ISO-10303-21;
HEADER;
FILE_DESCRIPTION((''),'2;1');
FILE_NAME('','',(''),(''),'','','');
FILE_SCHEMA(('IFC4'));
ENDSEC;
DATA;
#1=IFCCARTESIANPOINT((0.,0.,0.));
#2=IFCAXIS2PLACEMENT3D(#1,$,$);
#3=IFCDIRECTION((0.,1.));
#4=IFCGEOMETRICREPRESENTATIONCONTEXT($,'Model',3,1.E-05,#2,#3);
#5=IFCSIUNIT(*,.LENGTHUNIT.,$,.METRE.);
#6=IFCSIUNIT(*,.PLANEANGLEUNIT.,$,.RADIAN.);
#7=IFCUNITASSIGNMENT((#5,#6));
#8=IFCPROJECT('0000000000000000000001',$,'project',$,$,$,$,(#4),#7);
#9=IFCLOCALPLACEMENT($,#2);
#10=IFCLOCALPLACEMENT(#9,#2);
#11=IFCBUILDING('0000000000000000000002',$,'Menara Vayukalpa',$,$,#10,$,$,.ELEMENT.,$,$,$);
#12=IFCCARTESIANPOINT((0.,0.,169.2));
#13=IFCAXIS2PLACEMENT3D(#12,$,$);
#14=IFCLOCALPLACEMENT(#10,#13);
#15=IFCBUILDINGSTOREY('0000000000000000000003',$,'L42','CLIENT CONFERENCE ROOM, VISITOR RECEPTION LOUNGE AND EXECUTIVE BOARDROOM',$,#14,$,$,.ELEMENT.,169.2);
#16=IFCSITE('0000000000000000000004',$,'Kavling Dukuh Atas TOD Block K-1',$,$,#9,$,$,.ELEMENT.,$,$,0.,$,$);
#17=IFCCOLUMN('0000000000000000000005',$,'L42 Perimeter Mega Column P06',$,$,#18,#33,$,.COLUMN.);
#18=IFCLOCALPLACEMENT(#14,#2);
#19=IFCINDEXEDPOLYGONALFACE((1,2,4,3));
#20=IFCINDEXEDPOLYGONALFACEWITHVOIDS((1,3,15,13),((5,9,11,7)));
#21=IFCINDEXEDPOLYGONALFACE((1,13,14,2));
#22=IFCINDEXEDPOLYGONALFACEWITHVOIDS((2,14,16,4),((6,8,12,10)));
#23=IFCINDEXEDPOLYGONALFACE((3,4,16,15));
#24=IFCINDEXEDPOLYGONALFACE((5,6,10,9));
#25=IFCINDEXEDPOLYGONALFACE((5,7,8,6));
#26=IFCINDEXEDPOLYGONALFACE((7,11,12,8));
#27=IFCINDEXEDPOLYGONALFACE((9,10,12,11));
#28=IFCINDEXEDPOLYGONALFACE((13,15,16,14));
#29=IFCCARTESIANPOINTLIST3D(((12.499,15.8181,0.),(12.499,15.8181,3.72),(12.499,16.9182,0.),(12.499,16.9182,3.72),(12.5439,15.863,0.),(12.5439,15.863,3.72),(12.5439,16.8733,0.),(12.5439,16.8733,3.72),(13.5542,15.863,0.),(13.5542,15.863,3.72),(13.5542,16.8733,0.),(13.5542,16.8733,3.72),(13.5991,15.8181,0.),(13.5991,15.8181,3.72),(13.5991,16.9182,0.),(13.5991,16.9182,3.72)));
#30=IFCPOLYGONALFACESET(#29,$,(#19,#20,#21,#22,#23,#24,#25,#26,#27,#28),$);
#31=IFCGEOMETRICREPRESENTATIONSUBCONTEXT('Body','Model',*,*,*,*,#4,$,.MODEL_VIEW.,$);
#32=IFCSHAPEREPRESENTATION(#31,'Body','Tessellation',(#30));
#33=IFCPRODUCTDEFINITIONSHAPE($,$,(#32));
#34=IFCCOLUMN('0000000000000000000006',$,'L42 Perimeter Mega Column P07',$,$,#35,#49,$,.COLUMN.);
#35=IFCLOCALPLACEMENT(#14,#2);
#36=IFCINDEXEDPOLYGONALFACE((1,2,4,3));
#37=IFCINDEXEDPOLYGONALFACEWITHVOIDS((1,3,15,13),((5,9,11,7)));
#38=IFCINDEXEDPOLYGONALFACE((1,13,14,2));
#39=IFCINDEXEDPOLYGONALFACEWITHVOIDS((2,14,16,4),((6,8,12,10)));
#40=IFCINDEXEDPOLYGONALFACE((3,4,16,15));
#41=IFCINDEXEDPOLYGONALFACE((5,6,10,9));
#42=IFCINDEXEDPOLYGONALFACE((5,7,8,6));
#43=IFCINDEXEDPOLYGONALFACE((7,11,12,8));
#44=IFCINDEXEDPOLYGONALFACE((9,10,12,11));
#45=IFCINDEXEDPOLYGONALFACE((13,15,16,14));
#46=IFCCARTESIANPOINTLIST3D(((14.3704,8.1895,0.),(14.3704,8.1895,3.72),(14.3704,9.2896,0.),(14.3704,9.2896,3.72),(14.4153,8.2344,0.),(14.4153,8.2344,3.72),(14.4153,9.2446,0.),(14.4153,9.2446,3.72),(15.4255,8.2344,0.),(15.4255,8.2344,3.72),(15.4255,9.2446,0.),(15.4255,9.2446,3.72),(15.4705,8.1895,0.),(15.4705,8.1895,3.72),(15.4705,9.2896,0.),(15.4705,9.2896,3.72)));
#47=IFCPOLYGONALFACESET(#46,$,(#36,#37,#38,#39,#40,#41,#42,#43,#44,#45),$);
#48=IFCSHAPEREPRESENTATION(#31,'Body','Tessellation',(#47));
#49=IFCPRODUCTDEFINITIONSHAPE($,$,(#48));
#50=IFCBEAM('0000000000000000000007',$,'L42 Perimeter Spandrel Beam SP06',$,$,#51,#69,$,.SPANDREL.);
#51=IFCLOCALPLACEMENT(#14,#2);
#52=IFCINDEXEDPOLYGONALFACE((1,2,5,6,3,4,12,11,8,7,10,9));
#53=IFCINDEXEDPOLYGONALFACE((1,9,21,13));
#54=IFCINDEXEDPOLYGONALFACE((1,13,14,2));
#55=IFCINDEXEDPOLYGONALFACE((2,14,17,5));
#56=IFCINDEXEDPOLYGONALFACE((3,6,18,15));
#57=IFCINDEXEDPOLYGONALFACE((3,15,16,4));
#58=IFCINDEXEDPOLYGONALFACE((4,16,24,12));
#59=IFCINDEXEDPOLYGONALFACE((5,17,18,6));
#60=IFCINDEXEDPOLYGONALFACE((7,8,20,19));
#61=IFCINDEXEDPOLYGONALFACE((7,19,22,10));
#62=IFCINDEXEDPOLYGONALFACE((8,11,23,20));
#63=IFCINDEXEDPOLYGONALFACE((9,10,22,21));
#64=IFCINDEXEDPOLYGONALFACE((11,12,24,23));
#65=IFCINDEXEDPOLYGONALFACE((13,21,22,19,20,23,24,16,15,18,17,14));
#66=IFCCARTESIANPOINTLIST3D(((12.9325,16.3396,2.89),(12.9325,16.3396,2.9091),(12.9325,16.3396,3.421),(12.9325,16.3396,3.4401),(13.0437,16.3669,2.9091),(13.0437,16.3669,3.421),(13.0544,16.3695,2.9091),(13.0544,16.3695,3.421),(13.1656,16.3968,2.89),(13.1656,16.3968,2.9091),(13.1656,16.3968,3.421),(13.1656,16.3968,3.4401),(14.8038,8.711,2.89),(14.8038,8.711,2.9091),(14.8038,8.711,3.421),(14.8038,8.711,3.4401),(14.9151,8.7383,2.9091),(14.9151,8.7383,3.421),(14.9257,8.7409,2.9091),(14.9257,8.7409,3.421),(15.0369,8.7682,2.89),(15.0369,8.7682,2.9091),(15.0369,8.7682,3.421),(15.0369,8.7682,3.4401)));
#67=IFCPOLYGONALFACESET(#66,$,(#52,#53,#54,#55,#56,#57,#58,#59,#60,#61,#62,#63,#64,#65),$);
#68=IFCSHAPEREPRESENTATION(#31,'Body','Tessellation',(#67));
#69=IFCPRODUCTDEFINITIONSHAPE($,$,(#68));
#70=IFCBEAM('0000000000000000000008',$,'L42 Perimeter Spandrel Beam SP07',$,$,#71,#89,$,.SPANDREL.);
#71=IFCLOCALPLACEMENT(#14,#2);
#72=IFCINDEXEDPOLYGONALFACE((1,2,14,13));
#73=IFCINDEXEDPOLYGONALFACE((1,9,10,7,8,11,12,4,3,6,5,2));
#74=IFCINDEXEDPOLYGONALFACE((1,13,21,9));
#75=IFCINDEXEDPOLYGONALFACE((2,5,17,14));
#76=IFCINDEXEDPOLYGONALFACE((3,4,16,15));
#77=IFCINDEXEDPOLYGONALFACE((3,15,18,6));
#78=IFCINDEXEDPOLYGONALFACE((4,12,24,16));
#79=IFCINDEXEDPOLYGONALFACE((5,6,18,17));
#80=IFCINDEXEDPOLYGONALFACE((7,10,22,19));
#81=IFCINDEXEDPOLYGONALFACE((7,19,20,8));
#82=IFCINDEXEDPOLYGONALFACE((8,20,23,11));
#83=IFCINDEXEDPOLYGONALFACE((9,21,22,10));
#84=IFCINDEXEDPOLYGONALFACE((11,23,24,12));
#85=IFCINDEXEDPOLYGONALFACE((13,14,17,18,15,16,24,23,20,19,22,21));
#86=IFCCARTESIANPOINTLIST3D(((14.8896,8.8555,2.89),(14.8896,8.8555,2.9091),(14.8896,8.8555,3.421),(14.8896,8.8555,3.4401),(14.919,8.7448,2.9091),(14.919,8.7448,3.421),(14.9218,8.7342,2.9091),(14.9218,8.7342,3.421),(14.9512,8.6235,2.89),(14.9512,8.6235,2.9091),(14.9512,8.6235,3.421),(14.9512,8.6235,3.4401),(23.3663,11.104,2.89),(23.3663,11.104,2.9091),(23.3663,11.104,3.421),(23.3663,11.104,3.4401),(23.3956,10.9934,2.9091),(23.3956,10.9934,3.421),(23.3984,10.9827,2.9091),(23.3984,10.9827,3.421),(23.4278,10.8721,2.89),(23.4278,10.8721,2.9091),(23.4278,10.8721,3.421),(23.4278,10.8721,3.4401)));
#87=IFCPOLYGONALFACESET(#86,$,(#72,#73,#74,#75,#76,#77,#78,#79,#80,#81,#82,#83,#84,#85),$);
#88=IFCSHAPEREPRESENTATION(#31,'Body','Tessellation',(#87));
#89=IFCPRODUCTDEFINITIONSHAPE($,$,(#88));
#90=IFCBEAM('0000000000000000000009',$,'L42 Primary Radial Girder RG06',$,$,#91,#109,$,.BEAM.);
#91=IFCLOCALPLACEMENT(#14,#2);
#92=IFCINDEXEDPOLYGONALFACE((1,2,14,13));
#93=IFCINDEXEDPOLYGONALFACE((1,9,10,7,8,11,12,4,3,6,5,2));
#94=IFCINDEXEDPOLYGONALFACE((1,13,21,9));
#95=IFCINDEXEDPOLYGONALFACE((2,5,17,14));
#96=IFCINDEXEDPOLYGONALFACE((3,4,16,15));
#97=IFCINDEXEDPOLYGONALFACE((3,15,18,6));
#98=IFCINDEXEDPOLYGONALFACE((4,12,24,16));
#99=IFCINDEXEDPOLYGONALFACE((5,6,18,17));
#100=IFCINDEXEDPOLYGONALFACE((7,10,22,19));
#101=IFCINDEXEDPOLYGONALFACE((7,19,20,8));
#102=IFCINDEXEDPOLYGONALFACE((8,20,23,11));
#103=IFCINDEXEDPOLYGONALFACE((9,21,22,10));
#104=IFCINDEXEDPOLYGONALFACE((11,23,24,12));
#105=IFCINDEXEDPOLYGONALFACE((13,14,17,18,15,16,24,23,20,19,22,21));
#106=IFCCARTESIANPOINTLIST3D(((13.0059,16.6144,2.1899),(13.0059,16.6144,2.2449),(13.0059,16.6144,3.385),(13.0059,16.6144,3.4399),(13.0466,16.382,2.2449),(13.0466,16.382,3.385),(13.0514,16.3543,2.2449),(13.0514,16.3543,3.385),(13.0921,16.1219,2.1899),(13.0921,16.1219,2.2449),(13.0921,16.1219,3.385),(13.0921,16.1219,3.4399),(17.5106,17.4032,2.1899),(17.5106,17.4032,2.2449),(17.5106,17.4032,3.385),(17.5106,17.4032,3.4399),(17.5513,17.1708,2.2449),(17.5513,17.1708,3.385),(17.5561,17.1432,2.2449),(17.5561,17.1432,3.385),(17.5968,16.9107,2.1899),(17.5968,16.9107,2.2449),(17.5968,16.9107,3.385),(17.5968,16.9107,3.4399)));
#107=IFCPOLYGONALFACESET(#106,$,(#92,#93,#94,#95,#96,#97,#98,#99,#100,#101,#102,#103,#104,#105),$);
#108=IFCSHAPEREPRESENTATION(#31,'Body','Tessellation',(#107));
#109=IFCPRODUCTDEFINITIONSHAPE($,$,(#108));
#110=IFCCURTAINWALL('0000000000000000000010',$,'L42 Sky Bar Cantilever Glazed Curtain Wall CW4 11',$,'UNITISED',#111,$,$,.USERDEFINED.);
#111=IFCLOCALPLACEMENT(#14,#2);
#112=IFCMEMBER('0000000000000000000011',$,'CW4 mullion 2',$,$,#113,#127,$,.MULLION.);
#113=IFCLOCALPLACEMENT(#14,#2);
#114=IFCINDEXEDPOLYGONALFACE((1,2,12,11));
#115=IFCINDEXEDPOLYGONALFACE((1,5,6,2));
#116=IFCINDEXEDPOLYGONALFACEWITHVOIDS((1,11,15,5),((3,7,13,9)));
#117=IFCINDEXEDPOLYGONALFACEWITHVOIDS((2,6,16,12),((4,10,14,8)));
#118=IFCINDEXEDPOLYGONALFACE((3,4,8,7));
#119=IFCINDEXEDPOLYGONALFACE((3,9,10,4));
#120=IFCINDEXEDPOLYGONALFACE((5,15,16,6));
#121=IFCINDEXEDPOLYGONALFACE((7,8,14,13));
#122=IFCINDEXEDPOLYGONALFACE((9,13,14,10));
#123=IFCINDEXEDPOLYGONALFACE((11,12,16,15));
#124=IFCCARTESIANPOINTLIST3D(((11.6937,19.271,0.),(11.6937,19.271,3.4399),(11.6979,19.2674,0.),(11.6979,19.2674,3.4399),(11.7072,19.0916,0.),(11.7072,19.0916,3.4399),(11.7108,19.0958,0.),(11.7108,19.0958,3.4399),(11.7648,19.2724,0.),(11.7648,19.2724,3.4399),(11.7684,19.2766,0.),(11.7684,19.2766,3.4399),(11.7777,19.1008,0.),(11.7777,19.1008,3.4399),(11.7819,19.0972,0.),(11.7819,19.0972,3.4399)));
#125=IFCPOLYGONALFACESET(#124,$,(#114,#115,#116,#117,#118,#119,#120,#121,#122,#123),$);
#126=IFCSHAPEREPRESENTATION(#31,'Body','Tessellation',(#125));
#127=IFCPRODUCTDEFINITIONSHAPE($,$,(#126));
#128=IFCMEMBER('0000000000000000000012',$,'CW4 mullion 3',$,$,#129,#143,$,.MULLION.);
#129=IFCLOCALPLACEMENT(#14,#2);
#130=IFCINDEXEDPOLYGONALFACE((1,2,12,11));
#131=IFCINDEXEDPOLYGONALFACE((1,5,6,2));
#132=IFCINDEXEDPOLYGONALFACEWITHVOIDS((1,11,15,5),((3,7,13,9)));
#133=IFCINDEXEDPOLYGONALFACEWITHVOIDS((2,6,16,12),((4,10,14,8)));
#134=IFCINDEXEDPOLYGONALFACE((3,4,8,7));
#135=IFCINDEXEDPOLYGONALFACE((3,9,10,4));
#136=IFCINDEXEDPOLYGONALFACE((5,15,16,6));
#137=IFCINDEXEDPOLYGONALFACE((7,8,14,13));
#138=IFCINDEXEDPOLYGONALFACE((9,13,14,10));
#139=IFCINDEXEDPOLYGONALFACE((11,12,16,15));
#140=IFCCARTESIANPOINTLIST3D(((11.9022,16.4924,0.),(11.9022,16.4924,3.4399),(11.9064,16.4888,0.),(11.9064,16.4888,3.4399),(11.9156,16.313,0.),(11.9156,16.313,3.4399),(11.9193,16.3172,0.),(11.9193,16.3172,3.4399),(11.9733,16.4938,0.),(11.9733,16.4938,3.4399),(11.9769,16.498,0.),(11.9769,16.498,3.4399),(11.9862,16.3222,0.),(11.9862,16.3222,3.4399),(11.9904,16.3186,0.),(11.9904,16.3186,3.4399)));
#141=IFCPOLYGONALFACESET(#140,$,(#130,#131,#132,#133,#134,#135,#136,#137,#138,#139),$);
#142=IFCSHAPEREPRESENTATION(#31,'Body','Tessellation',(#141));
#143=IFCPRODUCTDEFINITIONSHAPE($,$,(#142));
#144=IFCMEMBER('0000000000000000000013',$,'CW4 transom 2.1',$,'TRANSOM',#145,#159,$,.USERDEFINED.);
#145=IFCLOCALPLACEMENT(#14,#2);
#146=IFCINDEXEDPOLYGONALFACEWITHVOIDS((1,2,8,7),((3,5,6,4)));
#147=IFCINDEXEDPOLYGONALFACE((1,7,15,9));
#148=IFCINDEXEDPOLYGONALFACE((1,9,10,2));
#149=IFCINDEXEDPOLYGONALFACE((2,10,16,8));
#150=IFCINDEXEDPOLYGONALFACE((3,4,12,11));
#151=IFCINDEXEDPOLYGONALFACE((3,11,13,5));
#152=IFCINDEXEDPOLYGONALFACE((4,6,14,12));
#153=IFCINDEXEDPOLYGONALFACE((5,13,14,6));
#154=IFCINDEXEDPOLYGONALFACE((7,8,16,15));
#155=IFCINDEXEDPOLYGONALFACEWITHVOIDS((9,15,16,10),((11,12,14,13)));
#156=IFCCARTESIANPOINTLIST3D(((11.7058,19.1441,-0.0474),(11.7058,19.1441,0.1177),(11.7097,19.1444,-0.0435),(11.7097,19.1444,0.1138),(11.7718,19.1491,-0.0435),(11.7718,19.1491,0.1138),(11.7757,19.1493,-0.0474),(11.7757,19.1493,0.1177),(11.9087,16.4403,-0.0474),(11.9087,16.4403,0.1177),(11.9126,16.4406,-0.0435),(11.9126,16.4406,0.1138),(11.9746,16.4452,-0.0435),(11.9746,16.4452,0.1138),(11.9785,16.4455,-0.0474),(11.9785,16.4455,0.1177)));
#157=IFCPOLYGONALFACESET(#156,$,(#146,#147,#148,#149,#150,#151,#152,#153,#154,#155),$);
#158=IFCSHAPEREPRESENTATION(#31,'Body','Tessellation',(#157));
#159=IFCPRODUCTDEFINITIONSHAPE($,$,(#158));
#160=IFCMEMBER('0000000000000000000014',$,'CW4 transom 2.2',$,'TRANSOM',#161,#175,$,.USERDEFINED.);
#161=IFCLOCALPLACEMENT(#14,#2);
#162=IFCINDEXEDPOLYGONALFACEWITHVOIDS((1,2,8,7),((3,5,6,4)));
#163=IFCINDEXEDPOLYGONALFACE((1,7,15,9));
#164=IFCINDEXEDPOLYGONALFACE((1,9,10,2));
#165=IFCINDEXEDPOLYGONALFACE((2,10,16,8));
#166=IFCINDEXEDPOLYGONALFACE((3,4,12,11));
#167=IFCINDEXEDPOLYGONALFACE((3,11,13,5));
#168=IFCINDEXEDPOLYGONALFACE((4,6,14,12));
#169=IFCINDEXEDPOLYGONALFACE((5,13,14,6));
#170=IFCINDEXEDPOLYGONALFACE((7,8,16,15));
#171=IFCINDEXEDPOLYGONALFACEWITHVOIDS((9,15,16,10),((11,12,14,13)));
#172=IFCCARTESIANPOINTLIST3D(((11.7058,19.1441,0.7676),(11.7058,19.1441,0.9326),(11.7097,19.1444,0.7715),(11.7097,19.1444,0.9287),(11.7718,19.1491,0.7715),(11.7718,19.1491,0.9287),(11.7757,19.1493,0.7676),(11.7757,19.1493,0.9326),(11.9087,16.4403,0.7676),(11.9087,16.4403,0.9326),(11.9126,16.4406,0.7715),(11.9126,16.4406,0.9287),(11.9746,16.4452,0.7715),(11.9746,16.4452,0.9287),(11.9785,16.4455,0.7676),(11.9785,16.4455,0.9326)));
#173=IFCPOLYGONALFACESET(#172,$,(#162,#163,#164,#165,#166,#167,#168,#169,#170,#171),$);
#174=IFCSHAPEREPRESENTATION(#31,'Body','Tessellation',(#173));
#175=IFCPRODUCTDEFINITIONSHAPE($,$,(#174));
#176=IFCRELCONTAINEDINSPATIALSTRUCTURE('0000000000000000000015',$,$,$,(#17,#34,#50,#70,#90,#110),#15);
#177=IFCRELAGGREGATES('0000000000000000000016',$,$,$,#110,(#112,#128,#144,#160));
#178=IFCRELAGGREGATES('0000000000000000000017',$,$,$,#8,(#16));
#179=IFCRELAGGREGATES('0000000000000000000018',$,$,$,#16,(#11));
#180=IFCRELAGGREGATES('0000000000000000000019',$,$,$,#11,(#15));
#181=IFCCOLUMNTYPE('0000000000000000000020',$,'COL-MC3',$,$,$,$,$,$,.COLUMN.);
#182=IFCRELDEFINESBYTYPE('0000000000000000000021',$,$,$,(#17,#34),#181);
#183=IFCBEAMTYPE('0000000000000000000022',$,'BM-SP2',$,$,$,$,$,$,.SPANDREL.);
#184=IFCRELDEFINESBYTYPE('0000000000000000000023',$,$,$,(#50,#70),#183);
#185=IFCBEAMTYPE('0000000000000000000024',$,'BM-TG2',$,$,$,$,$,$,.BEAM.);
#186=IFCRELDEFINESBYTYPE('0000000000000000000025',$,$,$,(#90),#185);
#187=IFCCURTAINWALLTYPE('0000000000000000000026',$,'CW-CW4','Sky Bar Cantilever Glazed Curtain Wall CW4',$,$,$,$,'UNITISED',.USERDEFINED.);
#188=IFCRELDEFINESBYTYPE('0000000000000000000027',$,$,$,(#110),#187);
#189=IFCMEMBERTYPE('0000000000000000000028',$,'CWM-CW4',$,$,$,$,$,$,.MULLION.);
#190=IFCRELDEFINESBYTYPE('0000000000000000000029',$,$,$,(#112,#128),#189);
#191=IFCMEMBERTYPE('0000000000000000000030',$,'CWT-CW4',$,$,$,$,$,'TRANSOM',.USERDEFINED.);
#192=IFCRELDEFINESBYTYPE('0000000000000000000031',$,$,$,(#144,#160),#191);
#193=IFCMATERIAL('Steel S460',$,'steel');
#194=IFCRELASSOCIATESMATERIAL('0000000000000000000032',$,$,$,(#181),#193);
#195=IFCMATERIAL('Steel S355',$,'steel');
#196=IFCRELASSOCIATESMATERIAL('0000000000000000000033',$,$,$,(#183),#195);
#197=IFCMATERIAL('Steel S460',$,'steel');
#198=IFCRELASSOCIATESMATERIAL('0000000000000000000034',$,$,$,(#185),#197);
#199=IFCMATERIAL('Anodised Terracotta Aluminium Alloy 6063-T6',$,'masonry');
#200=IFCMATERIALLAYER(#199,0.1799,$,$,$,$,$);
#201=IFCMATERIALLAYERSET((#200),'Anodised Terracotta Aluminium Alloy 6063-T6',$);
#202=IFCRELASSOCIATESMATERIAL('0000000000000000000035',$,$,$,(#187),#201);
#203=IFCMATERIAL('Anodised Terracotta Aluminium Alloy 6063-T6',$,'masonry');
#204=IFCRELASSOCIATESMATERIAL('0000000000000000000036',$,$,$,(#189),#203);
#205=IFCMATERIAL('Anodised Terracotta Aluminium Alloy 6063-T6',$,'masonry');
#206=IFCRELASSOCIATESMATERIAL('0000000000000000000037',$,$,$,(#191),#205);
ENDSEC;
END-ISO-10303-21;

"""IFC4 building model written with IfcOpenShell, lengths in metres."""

from ifc_helpers import new_model, si_unit, direction, frame, origin, origin_2d, place, context, subcontext, project, spatial, hollow_rectangle, i_section, extrude, material, layer, layer_set, material_profile, profile_set, type_object, element, aggregate, save


model = new_model("IFC4")

# Units and contexts
model_context = context("Model", 3, precision=1e-05, world=origin(), true_north=direction((0.0, 1.0)))
body_context = subcontext(model_context, "Body", "Model", "MODEL_VIEW")
ifc_project = project(units=[si_unit("LENGTHUNIT", "METRE"), si_unit("PLANEANGLEUNIT", "RADIAN")], contexts=[model_context])

# Site, building, storey
site_placement = place(None, origin())
site = spatial("IfcSite", under=ifc_project, at=site_placement, Name="Kavling Dukuh Atas TOD Block K-1", CompositionType="ELEMENT", RefElevation=0.0)
building_placement = place(site_placement, origin())
building = spatial("IfcBuilding", under=site, at=building_placement, Name="Menara Vayukalpa", CompositionType="ELEMENT")
storey_placement = place(building_placement, frame((0.0, 0.0, 169.2)))
storey = spatial("IfcBuildingStorey", under=building, at=storey_placement, Name="L42", Description="CLIENT CONFERENCE ROOM, VISITOR RECEPTION LOUNGE AND EXECUTIVE BOARDROOM", CompositionType="ELEMENT", Elevation=169.2)

# Columns
ifc_material_1 = material(Name="Steel S460", Category="steel")
ifc_material_profile_1 = material_profile(ifc_material_1, hollow_rectangle(XDim=1.1001, YDim=1.1001, WallThickness=0.0449, at=origin_2d()), Name="BOX 1100x1100x45")
ifc_profile_set_1 = profile_set([ifc_material_profile_1], Name="Steel S460")
column_type = type_object("IfcColumnType", Name="COL-MC3", PredefinedType="COLUMN", material=ifc_profile_set_1)
for number, where, z_axis, x_axis, name in (
    (1, (13.0491, 16.3682, 0.0), (0.0, 0.0, 1.0), (1.0, 0.0, 0.0), "L42 Perimeter Mega Column P06"),
    (2, (14.9204, 8.7395, 0.0), (0.0, 0.0, 1.0), (1.0, 0.0, 0.0), "L42 Perimeter Mega Column P07"),
):
    element("IfcColumn", number, at=place(storey_placement, frame(where, z_axis=z_axis, x_axis=x_axis)), inside=storey, type_object=column_type, Name=name, PredefinedType="COLUMN", context=body_context, shape_type="SweptSolid", body=[
        extrude(hollow_rectangle(XDim=1.1001, YDim=1.1001, WallThickness=0.0449, at=origin_2d()), origin(), (0.0, 0.0, 1.0), 3.72),
    ])

# Beams
ifc_material_2 = material(Name="Steel S355", Category="steel")
ifc_material_profile_2 = material_profile(ifc_material_2, i_section(OverallWidth=0.24, OverallDepth=0.55, WebThickness=0.011, FlangeThickness=0.019, at=origin_2d()), Name="WF 550x240x11x19")
ifc_profile_set_2 = profile_set([ifc_material_profile_2], Name="Steel S355")
beam_type_1 = type_object("IfcBeamType", Name="BM-SP2", PredefinedType="SPANDREL", material=ifc_profile_set_2)
beam_1_placement = place(storey_placement, frame((13.0491, 16.3682, 3.165), z_axis=(0.23824, -0.971206, 0.0), x_axis=(0.971206, 0.23824, 0.0)))
element("IfcBeam", 3, at=beam_1_placement, inside=storey, type_object=beam_type_1, Name="L42 Perimeter Spandrel Beam SP06", PredefinedType="SPANDREL", context=body_context, shape_type="SweptSolid", body=[
    extrude(i_section(OverallWidth=0.24, OverallDepth=0.55, WebThickness=0.011, FlangeThickness=0.019, at=origin_2d()), origin(), (0.0, 0.0, 1.0), 7.8547),
])
beam_2_placement = place(storey_placement, frame((14.9204, 8.7395, 3.165), z_axis=(0.966571, 0.256398, 0.0), x_axis=(-0.256398, 0.966571, 0.0)))
element("IfcBeam", 4, at=beam_2_placement, inside=storey, type_object=beam_type_1, Name="L42 Perimeter Spandrel Beam SP07", PredefinedType="SPANDREL", context=body_context, shape_type="SweptSolid", body=[
    extrude(i_section(OverallWidth=0.24, OverallDepth=0.55, WebThickness=0.011, FlangeThickness=0.019, at=origin_2d()), origin(), (0.0, 0.0, 1.0), 8.7698),
])
ifc_material_3 = material(Name="Steel S460", Category="steel")
ifc_material_profile_3 = material_profile(ifc_material_3, i_section(OverallWidth=0.5, OverallDepth=1.25, WebThickness=0.0281, FlangeThickness=0.0549, at=origin_2d()), Name="WG 1250x500x28x55")
ifc_profile_set_3 = profile_set([ifc_material_profile_3], Name="Steel S460")
beam_type_2 = type_object("IfcBeamType", Name="BM-TG2", PredefinedType="BEAM", material=ifc_profile_set_3)
beam_3_placement = place(storey_placement, frame((17.5537, 17.157, 2.8149), z_axis=(-0.985012, -0.172488, 0.0), x_axis=(0.172488, -0.985012, 0.0)))
element("IfcBeam", 5, at=beam_3_placement, inside=storey, type_object=beam_type_2, Name="L42 Primary Radial Girder RG06", PredefinedType="BEAM", context=body_context, shape_type="SweptSolid", body=[
    extrude(i_section(OverallWidth=0.5, OverallDepth=1.25, WebThickness=0.0281, FlangeThickness=0.0549, at=origin_2d()), origin(), (0.0, 0.0, 1.0), 4.5732),
])

# Curtain wall, members
ifc_material_4 = material(Name="Anodised Terracotta Aluminium Alloy 6063-T6", Category="masonry")
ifc_layer_1 = layer(ifc_material_4, 0.1799)
ifc_layer_set_1 = layer_set([ifc_layer_1], Name="Anodised Terracotta Aluminium Alloy 6063-T6")
curtain_wall_type = type_object("IfcCurtainWallType", Name="CW-CW4", Description="Sky Bar Cantilever Glazed Curtain Wall CW4", ElementType="UNITISED", PredefinedType="USERDEFINED", material=ifc_layer_set_1)
curtain_wall_placement = place(storey_placement, origin())
curtain_wall = element("IfcCurtainWall", 6, at=curtain_wall_placement, inside=storey, type_object=curtain_wall_type, Name="L42 Sky Bar Cantilever Glazed Curtain Wall CW4 11", ObjectType="UNITISED", PredefinedType="USERDEFINED")
ifc_material_5 = material(Name="Anodised Terracotta Aluminium Alloy 6063-T6", Category="masonry")
ifc_material_profile_4 = material_profile(ifc_material_5, hollow_rectangle(XDim=0.075, YDim=0.1799, WallThickness=0.0039, at=origin_2d()), Name="ALU 75x180x4")
ifc_profile_set_4 = profile_set([ifc_material_profile_4], Name="Anodised Terracotta Aluminium Alloy 6063-T6")
member_type_1 = type_object("IfcMemberType", Name="CWM-CW4", PredefinedType="MULLION", material=ifc_profile_set_4)
member_1_placement = place(storey_placement, frame((11.7378, 19.1841, 0.0), z_axis=(0.0, 0.0, 1.0), x_axis=(0.997199, 0.074793, 0.0)))
member_1 = element("IfcMember", 7, at=member_1_placement, type_object=member_type_1, Name="CW4 mullion 2", PredefinedType="MULLION", context=body_context, shape_type="SweptSolid", body=[
    extrude(hollow_rectangle(XDim=0.075, YDim=0.1799, WallThickness=0.0039, at=origin_2d()), origin(), (0.0, 0.0, 1.0), 3.4399),
])
member_2_placement = place(storey_placement, frame((11.9463, 16.4055, 0.0), z_axis=(0.0, 0.0, 1.0), x_axis=(0.997199, 0.074793, 0.0)))
member_2 = element("IfcMember", 8, at=member_2_placement, type_object=member_type_1, Name="CW4 mullion 3", PredefinedType="MULLION", context=body_context, shape_type="SweptSolid", body=[
    extrude(hollow_rectangle(XDim=0.075, YDim=0.1799, WallThickness=0.0039, at=origin_2d()), origin(), (0.0, 0.0, 1.0), 3.4399),
])
ifc_material_6 = material(Name="Anodised Terracotta Aluminium Alloy 6063-T6", Category="masonry")
ifc_material_profile_5 = material_profile(ifc_material_6, hollow_rectangle(XDim=0.0701, YDim=0.165, WallThickness=0.0039, at=origin_2d()), Name="ALU 70x165x4")
ifc_profile_set_5 = profile_set([ifc_material_profile_5], Name="Anodised Terracotta Aluminium Alloy 6063-T6")
member_type_2 = type_object("IfcMemberType", Name="CWT-CW4", ElementType="TRANSOM", PredefinedType="USERDEFINED", material=ifc_profile_set_5)
member_3_placement = place(storey_placement, frame((11.7407, 19.1467, 0.0352), z_axis=(0.074824, -0.997197, 0.0), x_axis=(0.997197, 0.074824, 0.0)))
member_3 = element("IfcMember", 9, at=member_3_placement, type_object=member_type_2, Name="CW4 transom 2.1", ObjectType="TRANSOM", PredefinedType="USERDEFINED", context=body_context, shape_type="SweptSolid", body=[
    extrude(hollow_rectangle(XDim=0.0701, YDim=0.165, WallThickness=0.0039, at=origin_2d()), origin(), (0.0, 0.0, 1.0), 2.7114),
])
member_4_placement = place(storey_placement, frame((11.7407, 19.1467, 0.8501), z_axis=(0.074824, -0.997197, 0.0), x_axis=(0.997197, 0.074824, 0.0)))
member_4 = element("IfcMember", 10, at=member_4_placement, type_object=member_type_2, Name="CW4 transom 2.2", ObjectType="TRANSOM", PredefinedType="USERDEFINED", context=body_context, shape_type="SweptSolid", body=[
    extrude(hollow_rectangle(XDim=0.0701, YDim=0.165, WallThickness=0.0039, at=origin_2d()), origin(), (0.0, 0.0, 1.0), 2.7114),
])
aggregate(curtain_wall, [member_1, member_2, member_3, member_4])

save(model, "model.ifc")
